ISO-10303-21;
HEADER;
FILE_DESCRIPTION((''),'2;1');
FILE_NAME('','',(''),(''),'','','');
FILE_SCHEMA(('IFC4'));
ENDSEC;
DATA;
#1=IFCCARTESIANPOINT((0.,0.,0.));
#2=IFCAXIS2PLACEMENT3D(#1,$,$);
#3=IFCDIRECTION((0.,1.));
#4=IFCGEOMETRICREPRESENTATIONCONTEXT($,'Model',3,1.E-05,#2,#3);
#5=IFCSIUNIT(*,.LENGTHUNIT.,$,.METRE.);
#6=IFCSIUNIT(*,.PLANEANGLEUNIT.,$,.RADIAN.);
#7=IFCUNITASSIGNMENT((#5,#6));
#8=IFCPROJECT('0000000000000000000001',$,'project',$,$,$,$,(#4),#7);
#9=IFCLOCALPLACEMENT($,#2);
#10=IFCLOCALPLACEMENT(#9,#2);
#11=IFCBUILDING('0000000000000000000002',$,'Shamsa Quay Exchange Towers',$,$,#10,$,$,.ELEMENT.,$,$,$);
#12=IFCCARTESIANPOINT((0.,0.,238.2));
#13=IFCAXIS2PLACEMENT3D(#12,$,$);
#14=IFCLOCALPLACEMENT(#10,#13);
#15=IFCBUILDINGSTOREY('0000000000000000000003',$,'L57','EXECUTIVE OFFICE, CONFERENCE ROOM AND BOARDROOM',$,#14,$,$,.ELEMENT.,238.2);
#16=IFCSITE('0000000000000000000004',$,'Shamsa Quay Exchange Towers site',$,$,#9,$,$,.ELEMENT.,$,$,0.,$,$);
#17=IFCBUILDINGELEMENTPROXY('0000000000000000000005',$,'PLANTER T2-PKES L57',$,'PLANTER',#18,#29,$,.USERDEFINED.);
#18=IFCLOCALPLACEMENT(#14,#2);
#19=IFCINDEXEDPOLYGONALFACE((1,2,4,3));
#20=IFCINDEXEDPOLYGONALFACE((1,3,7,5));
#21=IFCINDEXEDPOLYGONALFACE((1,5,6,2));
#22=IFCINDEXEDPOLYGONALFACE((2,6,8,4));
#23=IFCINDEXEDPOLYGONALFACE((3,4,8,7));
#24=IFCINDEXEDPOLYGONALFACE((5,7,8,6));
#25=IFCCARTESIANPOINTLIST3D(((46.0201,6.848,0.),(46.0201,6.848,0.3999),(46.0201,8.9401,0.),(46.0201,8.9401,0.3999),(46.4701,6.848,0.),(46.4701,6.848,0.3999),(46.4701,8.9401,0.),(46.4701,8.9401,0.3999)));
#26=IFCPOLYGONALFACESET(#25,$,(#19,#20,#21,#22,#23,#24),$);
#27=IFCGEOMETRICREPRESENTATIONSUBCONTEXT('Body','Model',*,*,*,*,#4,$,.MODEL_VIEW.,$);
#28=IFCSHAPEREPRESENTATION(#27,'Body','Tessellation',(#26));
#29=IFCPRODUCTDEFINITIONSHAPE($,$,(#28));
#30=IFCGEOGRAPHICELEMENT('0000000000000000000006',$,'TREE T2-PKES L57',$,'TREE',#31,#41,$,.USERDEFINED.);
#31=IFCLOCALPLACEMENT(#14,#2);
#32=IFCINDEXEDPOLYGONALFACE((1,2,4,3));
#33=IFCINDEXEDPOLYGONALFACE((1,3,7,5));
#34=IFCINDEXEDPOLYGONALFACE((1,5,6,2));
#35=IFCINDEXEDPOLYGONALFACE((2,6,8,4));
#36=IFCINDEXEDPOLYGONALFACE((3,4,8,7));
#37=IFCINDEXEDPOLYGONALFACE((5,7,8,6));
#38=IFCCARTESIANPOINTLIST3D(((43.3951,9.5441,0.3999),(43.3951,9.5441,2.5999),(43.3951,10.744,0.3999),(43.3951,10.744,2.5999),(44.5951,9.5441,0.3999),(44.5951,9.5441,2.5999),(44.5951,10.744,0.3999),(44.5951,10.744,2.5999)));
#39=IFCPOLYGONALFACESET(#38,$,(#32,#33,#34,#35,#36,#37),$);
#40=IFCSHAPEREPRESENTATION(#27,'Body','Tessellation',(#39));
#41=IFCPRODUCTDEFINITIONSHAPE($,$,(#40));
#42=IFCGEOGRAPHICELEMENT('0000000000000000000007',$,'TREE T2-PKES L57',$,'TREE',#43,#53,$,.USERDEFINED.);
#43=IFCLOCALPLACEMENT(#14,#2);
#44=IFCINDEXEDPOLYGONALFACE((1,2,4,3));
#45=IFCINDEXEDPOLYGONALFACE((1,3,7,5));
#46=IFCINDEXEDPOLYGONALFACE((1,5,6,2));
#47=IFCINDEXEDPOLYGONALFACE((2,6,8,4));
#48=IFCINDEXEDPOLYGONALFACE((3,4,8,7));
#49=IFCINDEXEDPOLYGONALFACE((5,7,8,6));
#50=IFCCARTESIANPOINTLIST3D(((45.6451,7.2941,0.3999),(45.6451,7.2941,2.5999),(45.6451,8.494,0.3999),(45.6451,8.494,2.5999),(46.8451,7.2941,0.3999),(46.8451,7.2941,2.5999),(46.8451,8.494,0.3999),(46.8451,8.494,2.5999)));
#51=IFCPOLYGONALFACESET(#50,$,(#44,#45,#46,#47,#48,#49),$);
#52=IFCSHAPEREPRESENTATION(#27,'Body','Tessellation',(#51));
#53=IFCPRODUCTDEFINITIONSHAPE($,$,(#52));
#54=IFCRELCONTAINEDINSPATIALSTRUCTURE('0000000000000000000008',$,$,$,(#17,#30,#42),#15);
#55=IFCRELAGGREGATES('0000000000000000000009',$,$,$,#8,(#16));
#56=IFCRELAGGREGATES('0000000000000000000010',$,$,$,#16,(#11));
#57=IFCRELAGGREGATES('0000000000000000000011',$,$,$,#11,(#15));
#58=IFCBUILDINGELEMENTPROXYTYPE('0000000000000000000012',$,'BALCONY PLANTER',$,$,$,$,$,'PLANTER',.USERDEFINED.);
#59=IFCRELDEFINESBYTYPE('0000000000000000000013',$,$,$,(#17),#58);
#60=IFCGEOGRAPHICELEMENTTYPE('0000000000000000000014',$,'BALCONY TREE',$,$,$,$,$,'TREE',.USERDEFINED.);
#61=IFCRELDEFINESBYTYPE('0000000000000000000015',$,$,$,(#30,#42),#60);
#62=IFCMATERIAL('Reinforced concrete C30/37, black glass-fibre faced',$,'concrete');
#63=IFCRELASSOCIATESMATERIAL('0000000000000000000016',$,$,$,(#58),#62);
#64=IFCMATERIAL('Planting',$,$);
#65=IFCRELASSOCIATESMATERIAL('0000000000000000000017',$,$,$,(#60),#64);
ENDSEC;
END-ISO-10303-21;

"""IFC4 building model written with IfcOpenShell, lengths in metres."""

from ifc_helpers import new_model, si_unit, direction, frame, origin, origin_2d, place, context, subcontext, project, spatial, rectangle, extrude, material, type_object, element, save


model = new_model("IFC4")

# Units and contexts
model_context = context("Model", 3, precision=1e-05, world=origin(), true_north=direction((0.0, 1.0)))
body_context = subcontext(model_context, "Body", "Model", "MODEL_VIEW")
ifc_project = project(units=[si_unit("LENGTHUNIT", "METRE"), si_unit("PLANEANGLEUNIT", "RADIAN")], contexts=[model_context])

# Site, building, storey
site_placement = place(None, origin())
site = spatial("IfcSite", under=ifc_project, at=site_placement, Name="Shamsa Quay Exchange Towers site", CompositionType="ELEMENT", RefElevation=0.0)
building_placement = place(site_placement, origin())
building = spatial("IfcBuilding", under=site, at=building_placement, Name="Shamsa Quay Exchange Towers", CompositionType="ELEMENT")
storey_placement = place(building_placement, frame((0.0, 0.0, 238.2)))
storey = spatial("IfcBuildingStorey", under=building, at=storey_placement, Name="L57", Description="EXECUTIVE OFFICE, CONFERENCE ROOM AND BOARDROOM", CompositionType="ELEMENT", Elevation=238.2)

# Building element proxy
ifc_material_1 = material(Name="Reinforced concrete C30/37, black glass-fibre faced", Category="concrete")
building_element_proxy_type = type_object("IfcBuildingElementProxyType", Name="BALCONY PLANTER", ElementType="PLANTER", PredefinedType="USERDEFINED", material=ifc_material_1)
for number, where, z_axis, x_axis, name in (
    (1, (46.2451, 7.894, 0.0), (0.0, 0.0, 1.0), (0.0, 1.0, 0.0), "PLANTER T2-PKES L57"),
):
    element("IfcBuildingElementProxy", number, at=place(storey_placement, frame(where, z_axis=z_axis, x_axis=x_axis)), inside=storey, type_object=building_element_proxy_type, Name=name, ObjectType="PLANTER", PredefinedType="USERDEFINED", context=body_context, shape_type="SweptSolid", body=[
        extrude(rectangle(XDim=2.092, YDim=0.45, at=origin_2d()), origin(), (0.0, 0.0, 1.0), 0.3999),
    ])

# Geographic elements
ifc_material_2 = material(Name="Planting")
geographic_element_type = type_object("IfcGeographicElementType", Name="BALCONY TREE", ElementType="TREE", PredefinedType="USERDEFINED", material=ifc_material_2)
for number, where, z_axis, x_axis, name in (
    (2, (43.9951, 10.144, 0.3999), (0.0, 0.0, 1.0), (0.0, 1.0, 0.0), "TREE T2-PKES L57"),
    (3, (46.2451, 7.894, 0.3999), (0.0, 0.0, 1.0), (0.0, 1.0, 0.0), "TREE T2-PKES L57"),
):
    element("IfcGeographicElement", number, at=place(storey_placement, frame(where, z_axis=z_axis, x_axis=x_axis)), inside=storey, type_object=geographic_element_type, Name=name, ObjectType="TREE", PredefinedType="USERDEFINED", context=body_context, shape_type="SweptSolid", body=[
        extrude(rectangle(XDim=1.2, YDim=1.2, at=origin_2d()), origin(), (0.0, 0.0, 1.0), 2.2),
    ])

save(model, "model.ifc")
